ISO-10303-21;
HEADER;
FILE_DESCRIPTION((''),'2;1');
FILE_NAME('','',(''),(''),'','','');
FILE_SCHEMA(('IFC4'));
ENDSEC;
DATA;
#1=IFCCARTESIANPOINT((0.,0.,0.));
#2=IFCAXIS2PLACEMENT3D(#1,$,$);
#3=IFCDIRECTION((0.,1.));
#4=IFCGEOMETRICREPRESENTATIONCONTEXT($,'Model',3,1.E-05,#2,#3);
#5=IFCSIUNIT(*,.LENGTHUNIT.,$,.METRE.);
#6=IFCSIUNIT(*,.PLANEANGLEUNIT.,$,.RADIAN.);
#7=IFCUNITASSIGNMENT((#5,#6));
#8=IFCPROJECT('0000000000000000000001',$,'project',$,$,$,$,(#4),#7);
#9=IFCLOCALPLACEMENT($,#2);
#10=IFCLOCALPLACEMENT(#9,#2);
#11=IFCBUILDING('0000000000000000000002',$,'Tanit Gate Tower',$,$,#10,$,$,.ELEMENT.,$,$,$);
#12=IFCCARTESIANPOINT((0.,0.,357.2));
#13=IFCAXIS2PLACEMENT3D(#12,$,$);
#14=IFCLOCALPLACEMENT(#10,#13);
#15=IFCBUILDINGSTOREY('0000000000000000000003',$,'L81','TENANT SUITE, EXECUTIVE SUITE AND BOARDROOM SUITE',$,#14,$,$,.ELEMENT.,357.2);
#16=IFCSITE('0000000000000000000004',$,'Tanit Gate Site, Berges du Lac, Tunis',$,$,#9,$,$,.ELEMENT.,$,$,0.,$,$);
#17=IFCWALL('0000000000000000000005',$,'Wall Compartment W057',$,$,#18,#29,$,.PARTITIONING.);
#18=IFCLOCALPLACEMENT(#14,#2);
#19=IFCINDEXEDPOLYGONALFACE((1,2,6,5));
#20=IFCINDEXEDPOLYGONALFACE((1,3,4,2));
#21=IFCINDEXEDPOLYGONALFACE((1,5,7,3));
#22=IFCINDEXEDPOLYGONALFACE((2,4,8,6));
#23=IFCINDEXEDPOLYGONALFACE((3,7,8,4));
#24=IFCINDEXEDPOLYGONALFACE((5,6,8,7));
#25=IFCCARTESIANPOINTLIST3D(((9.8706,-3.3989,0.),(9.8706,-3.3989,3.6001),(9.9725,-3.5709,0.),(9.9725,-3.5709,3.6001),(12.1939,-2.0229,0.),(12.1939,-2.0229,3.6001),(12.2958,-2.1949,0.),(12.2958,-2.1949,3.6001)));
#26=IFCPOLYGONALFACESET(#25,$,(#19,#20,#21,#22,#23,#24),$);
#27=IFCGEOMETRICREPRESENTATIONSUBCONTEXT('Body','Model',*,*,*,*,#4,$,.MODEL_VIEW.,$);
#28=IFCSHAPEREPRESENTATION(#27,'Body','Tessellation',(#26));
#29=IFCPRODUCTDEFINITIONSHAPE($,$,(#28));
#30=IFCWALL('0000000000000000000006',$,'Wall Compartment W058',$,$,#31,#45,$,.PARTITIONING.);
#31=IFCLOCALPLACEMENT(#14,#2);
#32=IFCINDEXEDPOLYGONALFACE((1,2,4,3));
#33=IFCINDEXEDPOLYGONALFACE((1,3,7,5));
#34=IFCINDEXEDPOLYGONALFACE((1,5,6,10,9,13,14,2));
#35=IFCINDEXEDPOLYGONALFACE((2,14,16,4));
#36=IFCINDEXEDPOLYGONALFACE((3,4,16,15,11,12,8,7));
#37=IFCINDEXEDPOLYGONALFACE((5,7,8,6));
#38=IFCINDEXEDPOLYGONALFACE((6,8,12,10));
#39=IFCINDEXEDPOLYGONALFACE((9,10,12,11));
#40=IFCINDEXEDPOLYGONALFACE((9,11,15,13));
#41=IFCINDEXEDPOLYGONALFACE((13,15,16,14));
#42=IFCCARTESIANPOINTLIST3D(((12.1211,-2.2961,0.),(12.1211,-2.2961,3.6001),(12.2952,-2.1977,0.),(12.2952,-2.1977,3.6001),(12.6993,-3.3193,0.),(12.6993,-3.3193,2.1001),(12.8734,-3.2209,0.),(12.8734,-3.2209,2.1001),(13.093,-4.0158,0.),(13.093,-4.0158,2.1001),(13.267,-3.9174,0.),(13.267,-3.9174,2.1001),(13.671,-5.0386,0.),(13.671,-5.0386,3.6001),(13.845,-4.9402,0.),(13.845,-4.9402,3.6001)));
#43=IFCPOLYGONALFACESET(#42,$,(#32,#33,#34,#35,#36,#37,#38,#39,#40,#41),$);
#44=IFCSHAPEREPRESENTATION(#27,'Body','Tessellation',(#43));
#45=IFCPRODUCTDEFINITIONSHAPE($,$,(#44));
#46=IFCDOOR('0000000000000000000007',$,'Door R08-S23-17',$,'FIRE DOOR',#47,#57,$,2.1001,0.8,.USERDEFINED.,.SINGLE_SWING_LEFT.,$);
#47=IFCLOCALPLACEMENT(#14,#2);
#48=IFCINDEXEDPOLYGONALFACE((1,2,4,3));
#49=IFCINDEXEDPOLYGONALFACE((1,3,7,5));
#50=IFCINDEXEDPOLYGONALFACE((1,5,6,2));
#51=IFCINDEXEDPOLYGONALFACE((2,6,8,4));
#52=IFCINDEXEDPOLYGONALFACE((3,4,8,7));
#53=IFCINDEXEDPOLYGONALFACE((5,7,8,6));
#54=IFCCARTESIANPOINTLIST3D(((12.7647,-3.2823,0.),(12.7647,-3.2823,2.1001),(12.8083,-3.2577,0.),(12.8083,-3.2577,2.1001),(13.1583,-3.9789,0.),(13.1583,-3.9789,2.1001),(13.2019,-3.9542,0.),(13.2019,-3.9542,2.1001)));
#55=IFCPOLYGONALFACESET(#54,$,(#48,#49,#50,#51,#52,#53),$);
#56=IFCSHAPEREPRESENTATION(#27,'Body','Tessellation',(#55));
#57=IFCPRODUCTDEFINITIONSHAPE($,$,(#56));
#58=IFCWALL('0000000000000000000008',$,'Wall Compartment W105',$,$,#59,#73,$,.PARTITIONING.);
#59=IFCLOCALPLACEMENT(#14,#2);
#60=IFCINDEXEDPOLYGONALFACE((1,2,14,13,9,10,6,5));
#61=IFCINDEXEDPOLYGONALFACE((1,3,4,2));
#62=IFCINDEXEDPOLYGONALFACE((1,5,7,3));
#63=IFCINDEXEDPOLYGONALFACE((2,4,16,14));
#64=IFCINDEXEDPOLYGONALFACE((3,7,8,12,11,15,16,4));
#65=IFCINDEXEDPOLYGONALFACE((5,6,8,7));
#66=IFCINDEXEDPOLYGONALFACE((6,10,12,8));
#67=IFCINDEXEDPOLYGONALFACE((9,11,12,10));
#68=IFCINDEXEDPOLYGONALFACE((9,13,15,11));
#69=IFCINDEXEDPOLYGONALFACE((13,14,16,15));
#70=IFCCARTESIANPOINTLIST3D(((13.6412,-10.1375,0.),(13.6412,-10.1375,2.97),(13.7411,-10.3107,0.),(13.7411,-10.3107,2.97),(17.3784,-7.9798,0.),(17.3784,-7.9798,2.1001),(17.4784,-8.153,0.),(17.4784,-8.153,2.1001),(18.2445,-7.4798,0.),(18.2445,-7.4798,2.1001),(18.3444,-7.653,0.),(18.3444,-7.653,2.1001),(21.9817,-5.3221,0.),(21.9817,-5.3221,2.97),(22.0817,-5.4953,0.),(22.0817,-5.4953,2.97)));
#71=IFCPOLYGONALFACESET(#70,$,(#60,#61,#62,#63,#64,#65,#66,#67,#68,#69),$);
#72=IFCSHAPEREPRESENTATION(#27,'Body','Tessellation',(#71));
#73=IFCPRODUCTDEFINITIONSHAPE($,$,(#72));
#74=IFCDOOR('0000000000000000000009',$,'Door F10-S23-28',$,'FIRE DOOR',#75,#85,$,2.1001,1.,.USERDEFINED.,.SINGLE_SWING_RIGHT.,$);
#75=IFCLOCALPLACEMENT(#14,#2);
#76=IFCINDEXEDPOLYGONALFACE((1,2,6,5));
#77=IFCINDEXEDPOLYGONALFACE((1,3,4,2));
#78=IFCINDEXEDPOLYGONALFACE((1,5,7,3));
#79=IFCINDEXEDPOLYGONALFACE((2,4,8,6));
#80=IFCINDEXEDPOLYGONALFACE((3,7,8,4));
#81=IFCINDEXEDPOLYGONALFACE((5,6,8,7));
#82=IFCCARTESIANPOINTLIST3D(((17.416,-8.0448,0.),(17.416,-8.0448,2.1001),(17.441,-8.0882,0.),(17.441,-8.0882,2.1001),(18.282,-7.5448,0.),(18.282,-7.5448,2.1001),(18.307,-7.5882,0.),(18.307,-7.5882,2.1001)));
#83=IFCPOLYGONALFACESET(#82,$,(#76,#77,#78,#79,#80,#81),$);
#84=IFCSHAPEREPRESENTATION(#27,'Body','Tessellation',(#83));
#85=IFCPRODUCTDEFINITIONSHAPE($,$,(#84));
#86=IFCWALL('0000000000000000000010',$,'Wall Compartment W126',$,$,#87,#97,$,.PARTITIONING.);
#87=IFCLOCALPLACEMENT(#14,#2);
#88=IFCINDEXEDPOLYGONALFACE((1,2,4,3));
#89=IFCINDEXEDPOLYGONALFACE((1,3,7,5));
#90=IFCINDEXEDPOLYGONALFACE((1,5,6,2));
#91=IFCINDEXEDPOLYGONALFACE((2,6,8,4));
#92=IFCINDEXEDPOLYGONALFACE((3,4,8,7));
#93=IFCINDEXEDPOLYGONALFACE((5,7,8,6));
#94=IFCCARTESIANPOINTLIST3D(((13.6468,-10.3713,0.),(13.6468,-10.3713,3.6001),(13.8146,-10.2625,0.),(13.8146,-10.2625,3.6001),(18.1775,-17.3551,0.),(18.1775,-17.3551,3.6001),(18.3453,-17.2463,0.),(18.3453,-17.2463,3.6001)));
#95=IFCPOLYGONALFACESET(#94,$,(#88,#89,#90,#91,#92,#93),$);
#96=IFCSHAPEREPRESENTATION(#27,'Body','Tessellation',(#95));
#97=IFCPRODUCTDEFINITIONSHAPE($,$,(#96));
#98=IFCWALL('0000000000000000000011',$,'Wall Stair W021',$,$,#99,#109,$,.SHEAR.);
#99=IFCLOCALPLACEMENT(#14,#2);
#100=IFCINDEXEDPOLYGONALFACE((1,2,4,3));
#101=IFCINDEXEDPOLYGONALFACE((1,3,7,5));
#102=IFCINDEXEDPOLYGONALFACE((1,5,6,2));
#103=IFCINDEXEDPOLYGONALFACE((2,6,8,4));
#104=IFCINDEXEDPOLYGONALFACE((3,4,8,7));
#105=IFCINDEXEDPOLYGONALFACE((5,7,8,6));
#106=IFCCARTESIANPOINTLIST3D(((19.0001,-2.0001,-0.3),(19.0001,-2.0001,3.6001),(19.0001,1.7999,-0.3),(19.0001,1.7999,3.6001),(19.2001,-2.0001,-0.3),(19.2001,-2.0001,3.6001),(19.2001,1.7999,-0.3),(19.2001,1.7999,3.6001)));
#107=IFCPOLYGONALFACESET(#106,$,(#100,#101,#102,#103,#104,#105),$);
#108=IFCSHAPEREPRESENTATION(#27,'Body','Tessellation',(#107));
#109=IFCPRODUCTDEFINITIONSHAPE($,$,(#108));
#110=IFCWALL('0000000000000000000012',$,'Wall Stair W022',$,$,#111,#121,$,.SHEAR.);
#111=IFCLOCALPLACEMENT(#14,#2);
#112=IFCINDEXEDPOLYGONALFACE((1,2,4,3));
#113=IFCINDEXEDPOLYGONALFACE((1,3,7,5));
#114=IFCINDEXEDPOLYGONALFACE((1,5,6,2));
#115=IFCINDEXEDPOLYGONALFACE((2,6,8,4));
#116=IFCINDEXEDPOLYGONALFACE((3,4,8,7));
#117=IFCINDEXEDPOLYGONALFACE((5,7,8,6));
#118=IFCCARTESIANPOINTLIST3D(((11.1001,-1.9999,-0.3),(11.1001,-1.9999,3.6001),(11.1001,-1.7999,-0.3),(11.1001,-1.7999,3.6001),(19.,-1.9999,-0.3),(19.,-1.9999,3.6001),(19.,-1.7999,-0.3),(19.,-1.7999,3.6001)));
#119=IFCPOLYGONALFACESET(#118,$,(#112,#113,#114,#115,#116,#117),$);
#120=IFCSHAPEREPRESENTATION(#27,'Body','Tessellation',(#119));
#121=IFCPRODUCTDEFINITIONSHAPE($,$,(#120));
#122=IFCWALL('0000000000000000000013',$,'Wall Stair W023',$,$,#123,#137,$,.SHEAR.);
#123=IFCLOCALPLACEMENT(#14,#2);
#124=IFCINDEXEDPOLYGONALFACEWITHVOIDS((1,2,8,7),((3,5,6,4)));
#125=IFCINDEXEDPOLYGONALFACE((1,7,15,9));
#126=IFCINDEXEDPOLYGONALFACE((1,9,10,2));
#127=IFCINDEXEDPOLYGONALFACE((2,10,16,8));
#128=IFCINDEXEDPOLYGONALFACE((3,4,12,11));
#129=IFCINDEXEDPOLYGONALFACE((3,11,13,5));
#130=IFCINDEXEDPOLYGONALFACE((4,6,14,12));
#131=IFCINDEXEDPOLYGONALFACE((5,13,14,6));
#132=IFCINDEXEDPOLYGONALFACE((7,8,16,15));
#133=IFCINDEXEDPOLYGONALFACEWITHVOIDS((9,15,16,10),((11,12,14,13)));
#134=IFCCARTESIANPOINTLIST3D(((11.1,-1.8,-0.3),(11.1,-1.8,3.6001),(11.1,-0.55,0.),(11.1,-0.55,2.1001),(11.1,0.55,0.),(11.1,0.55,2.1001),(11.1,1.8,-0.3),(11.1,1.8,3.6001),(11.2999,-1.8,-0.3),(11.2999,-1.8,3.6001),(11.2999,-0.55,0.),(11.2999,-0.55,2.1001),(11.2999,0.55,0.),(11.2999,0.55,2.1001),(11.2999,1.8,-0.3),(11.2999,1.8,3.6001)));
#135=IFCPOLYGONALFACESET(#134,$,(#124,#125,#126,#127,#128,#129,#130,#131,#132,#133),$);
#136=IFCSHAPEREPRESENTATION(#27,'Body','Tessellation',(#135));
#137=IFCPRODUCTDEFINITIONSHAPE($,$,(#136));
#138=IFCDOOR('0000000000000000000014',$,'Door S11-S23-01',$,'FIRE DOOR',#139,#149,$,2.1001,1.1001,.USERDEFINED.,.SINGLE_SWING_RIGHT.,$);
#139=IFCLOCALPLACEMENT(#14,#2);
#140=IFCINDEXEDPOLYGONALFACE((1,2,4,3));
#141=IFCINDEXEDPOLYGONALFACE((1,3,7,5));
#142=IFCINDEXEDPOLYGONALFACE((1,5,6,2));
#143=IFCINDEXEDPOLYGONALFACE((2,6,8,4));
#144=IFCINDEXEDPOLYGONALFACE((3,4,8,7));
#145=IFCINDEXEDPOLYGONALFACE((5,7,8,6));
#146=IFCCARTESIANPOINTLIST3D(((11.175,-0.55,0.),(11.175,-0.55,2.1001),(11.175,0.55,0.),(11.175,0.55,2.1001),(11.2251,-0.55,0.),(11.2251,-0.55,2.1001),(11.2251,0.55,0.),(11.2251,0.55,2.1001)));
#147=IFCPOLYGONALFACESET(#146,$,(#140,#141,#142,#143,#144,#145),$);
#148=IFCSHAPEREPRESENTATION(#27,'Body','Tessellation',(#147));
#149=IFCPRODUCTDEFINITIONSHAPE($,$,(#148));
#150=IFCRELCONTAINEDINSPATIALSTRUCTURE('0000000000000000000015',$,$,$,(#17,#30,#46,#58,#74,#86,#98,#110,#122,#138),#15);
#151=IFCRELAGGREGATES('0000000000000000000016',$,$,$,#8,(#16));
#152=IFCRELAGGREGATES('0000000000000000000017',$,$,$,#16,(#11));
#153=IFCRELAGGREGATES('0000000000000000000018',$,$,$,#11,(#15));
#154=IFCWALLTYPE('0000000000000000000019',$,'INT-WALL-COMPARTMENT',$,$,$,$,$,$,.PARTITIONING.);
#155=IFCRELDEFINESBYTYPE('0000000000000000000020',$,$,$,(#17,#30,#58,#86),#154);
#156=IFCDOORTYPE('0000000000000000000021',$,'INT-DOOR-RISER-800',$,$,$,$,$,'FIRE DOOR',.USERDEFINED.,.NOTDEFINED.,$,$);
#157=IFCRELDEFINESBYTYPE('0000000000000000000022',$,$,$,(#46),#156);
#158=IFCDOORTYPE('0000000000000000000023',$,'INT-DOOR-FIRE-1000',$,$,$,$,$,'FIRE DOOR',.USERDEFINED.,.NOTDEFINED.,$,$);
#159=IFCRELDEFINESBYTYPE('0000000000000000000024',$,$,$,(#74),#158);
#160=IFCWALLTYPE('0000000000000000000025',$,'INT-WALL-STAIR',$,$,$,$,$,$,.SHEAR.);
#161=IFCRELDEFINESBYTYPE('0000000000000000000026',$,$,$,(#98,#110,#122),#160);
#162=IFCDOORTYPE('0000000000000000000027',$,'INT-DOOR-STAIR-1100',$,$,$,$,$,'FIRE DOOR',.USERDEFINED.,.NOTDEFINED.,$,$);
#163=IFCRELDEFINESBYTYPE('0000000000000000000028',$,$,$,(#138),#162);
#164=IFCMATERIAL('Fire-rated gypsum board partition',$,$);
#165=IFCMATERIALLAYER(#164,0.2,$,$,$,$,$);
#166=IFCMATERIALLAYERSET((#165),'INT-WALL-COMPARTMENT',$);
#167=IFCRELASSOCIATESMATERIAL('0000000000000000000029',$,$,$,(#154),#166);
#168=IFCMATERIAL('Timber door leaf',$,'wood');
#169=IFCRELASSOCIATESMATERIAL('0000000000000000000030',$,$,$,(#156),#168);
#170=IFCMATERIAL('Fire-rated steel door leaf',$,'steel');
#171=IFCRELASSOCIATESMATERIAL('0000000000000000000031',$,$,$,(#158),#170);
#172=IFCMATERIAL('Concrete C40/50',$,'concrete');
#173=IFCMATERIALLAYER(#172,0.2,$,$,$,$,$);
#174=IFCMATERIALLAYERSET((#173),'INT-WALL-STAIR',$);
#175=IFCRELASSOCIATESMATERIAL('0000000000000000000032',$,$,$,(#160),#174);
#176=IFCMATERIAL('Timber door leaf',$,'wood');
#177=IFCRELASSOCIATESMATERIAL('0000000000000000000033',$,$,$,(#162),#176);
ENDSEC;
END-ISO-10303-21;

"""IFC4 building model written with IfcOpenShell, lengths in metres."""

from ifc_helpers import new_model, si_unit, direction, frame, frame_2d, origin, place, context, subcontext, project, spatial, rectangle, extrude, material, layer, layer_set, type_object, element, fill, save


model = new_model("IFC4")

# Units and contexts
model_context = context("Model", 3, precision=1e-05, world=origin(), true_north=direction((0.0, 1.0)))
body_context = subcontext(model_context, "Body", "Model", "MODEL_VIEW")
ifc_project = project(units=[si_unit("LENGTHUNIT", "METRE"), si_unit("PLANEANGLEUNIT", "RADIAN")], contexts=[model_context])

# Site, building, storey
site_placement = place(None, origin())
site = spatial("IfcSite", under=ifc_project, at=site_placement, Name="Tanit Gate Site, Berges du Lac, Tunis", CompositionType="ELEMENT", RefElevation=0.0)
building_placement = place(site_placement, origin())
building = spatial("IfcBuilding", under=site, at=building_placement, Name="Tanit Gate Tower", CompositionType="ELEMENT")
storey_placement = place(building_placement, frame((0.0, 0.0, 357.2)))
storey = spatial("IfcBuildingStorey", under=building, at=storey_placement, Name="L81", Description="TENANT SUITE, EXECUTIVE SUITE AND BOARDROOM SUITE", CompositionType="ELEMENT", Elevation=357.2)

# Wall
ifc_material_1 = material(Name="Fire-rated gypsum board partition")
ifc_layer_1 = layer(ifc_material_1, 0.2)
ifc_layer_set_1 = layer_set([ifc_layer_1], Name="INT-WALL-COMPARTMENT")
wall_type_1 = type_object("IfcWallType", Name="INT-WALL-COMPARTMENT", PredefinedType="PARTITIONING", material=ifc_layer_set_1)
wall_1_placement = place(storey_placement, frame((12.2449, -2.1089, 0.0), z_axis=(0.0, 0.0, 1.0), x_axis=(-0.860415, -0.509594, 0.0)))
element("IfcWall", 1, at=wall_1_placement, inside=storey, type_object=wall_type_1, Name="Wall Compartment W057", PredefinedType="PARTITIONING", context=body_context, shape_type="SweptSolid", body=[
    extrude(rectangle(XDim=2.7002, YDim=0.2, at=frame_2d((1.3501, 0.0))), origin(), (0.0, 0.0, 1.0), 3.6001),
])

# Walls, openings, doors
wall_2_placement = place(storey_placement, frame((13.7581, -4.9895, 0.0), z_axis=(0.0, 0.0, 1.0), x_axis=(-0.491993, 0.870599, 0.0)))
wall_2 = element("IfcWall", 2, at=wall_2_placement, inside=storey, type_object=wall_type_1, Name="Wall Compartment W058", PredefinedType="PARTITIONING", context=body_context, shape_type="SweptSolid", body=[
    extrude(rectangle(XDim=3.1501, YDim=0.2, at=frame_2d((1.5752, 0.0))), origin(), (0.0, 0.0, 1.0), 3.6001),
])
opening_1_placement = place(wall_2_placement, frame((1.175, 0.0, 0.0)))
opening_1 = element("IfcOpeningElement", 3, at=opening_1_placement, cuts=wall_2, PredefinedType="OPENING", context=body_context, shape_type="SweptSolid", body=[
    extrude(rectangle(XDim=0.8, YDim=2.1001, at=frame_2d((0.3999, 1.05))), frame((0.0, 0.1099, 0.0), z_axis=(0.0, -1.0, 0.0), x_axis=(1.0, 0.0, 0.0)), (0.0, 0.0, 1.0), 0.22),
])
ifc_material_2 = material(Name="Timber door leaf", Category="wood")
door_type_1 = type_object("IfcDoorType", Name="INT-DOOR-RISER-800", ElementType="FIRE DOOR", OperationType="NOTDEFINED", PredefinedType="USERDEFINED", material=ifc_material_2)
door_1_placement = place(opening_1_placement, origin())
door_1 = element("IfcDoor", 4, at=door_1_placement, inside=storey, type_object=door_type_1, Name="Door R08-S23-17", ObjectType="FIRE DOOR", OperationType="SINGLE_SWING_LEFT", OverallHeight=2.1001, OverallWidth=0.8, PredefinedType="USERDEFINED", context=body_context, shape_type="SweptSolid", body=[
    extrude(rectangle(XDim=0.8, YDim=2.1001, at=frame_2d((0.3999, 1.05))), frame((0.0, 0.0249, 0.0), z_axis=(0.0, -1.0, 0.0), x_axis=(1.0, 0.0, 0.0)), (0.0, 0.0, 1.0), 0.05),
])
fill(opening_1, door_1)
wall_3_placement = place(storey_placement, frame((13.6912, -10.2241, 0.0), z_axis=(0.0, 0.0, 1.0), x_axis=(0.866026, 0.5, 0.0)))
wall_3 = element("IfcWall", 5, at=wall_3_placement, inside=storey, type_object=wall_type_1, Name="Wall Compartment W105", PredefinedType="PARTITIONING", context=body_context, shape_type="SweptSolid", body=[
    extrude(rectangle(XDim=9.6309, YDim=0.2, at=frame_2d((4.8154, 0.0))), origin(), (0.0, 0.0, 1.0), 2.97),
])
opening_2_placement = place(wall_3_placement, frame((4.3154, 0.0, 0.0)))
opening_2 = element("IfcOpeningElement", 6, at=opening_2_placement, cuts=wall_3, PredefinedType="OPENING", context=body_context, shape_type="SweptSolid", body=[
    extrude(rectangle(XDim=1.0, YDim=2.1001, at=frame_2d((0.5, 1.05))), frame((0.0, 0.1099, 0.0), z_axis=(0.0, -1.0, 0.0), x_axis=(1.0, 0.0, 0.0)), (0.0, 0.0, 1.0), 0.22),
])
ifc_material_3 = material(Name="Fire-rated steel door leaf", Category="steel")
door_type_2 = type_object("IfcDoorType", Name="INT-DOOR-FIRE-1000", ElementType="FIRE DOOR", OperationType="NOTDEFINED", PredefinedType="USERDEFINED", material=ifc_material_3)
door_2_placement = place(opening_2_placement, origin())
door_2 = element("IfcDoor", 7, at=door_2_placement, inside=storey, type_object=door_type_2, Name="Door F10-S23-28", ObjectType="FIRE DOOR", OperationType="SINGLE_SWING_RIGHT", OverallHeight=2.1001, OverallWidth=1.0, PredefinedType="USERDEFINED", context=body_context, shape_type="SweptSolid", body=[
    extrude(rectangle(XDim=1.0, YDim=2.1001, at=frame_2d((0.5, 1.05))), frame((0.0, 0.0249, 0.0), z_axis=(0.0, -1.0, 0.0), x_axis=(1.0, 0.0, 0.0)), (0.0, 0.0, 1.0), 0.05),
])
fill(opening_2, door_2)

# Walls
wall_4_placement = place(storey_placement, frame((13.7307, -10.3169, 0.0), z_axis=(0.0, 0.0, 1.0), x_axis=(0.544248, -0.838924, 0.0)))
element("IfcWall", 8, at=wall_4_placement, inside=storey, type_object=wall_type_1, Name="Wall Compartment W126", PredefinedType="PARTITIONING", context=body_context, shape_type="SweptSolid", body=[
    extrude(rectangle(XDim=8.3247, YDim=0.2, at=frame_2d((4.1624, 0.0))), origin(), (0.0, 0.0, 1.0), 3.6001),
])
ifc_material_4 = material(Name="Concrete C40/50", Category="concrete")
ifc_layer_2 = layer(ifc_material_4, 0.2)
ifc_layer_set_2 = layer_set([ifc_layer_2], Name="INT-WALL-STAIR")
wall_type_2 = type_object("IfcWallType", Name="INT-WALL-STAIR", PredefinedType="SHEAR", material=ifc_layer_set_2)
wall_5_placement = place(storey_placement, frame((19.1001, -2.0, -0.3), z_axis=(0.0, 0.0, 1.0), x_axis=(0.0, 1.0, 0.0)))
element("IfcWall", 9, at=wall_5_placement, inside=storey, type_object=wall_type_2, Name="Wall Stair W021", PredefinedType="SHEAR", context=body_context, shape_type="SweptSolid", body=[
    extrude(rectangle(XDim=3.8, YDim=0.2, at=frame_2d((1.8999, 0.0))), origin(), (0.0, 0.0, 1.0), 3.9001),
])
wall_6_placement = place(storey_placement, frame((11.1001, -1.8999, -0.3), z_axis=(0.0, 0.0, 1.0), x_axis=(1.0, 0.0, 0.0)))
element("IfcWall", 10, at=wall_6_placement, inside=storey, type_object=wall_type_2, Name="Wall Stair W022", PredefinedType="SHEAR", context=body_context, shape_type="SweptSolid", body=[
    extrude(rectangle(XDim=7.8999, YDim=0.2, at=frame_2d((3.95, 0.0))), origin(), (0.0, 0.0, 1.0), 3.9001),
])

# Wall, opening, door
wall_7_placement = place(storey_placement, frame((11.2, -1.8, -0.3), z_axis=(0.0, 0.0, 1.0), x_axis=(0.0, 1.0, 0.0)))
wall_7 = element("IfcWall", 11, at=wall_7_placement, inside=storey, type_object=wall_type_2, Name="Wall Stair W023", PredefinedType="SHEAR", context=body_context, shape_type="SweptSolid", body=[
    extrude(rectangle(XDim=3.6001, YDim=0.2, at=frame_2d((1.8, 0.0))), origin(), (0.0, 0.0, 1.0), 3.9001),
])
opening_3_placement = place(wall_7_placement, frame((1.25, 0.0, 0.3)))
opening_3 = element("IfcOpeningElement", 12, at=opening_3_placement, cuts=wall_7, PredefinedType="OPENING", context=body_context, shape_type="SweptSolid", body=[
    extrude(rectangle(XDim=1.1001, YDim=2.1001, at=frame_2d((0.55, 1.05))), frame((0.0, 0.1099, 0.0), z_axis=(0.0, -1.0, 0.0), x_axis=(1.0, 0.0, 0.0)), (0.0, 0.0, 1.0), 0.22),
])
ifc_material_5 = material(Name="Timber door leaf", Category="wood")
door_type_3 = type_object("IfcDoorType", Name="INT-DOOR-STAIR-1100", ElementType="FIRE DOOR", OperationType="NOTDEFINED", PredefinedType="USERDEFINED", material=ifc_material_5)
door_3_placement = place(opening_3_placement, origin())
door_3 = element("IfcDoor", 13, at=door_3_placement, inside=storey, type_object=door_type_3, Name="Door S11-S23-01", ObjectType="FIRE DOOR", OperationType="SINGLE_SWING_RIGHT", OverallHeight=2.1001, OverallWidth=1.1001, PredefinedType="USERDEFINED", context=body_context, shape_type="SweptSolid", body=[
    extrude(rectangle(XDim=1.1001, YDim=2.1001, at=frame_2d((0.55, 1.05))), frame((0.0, 0.0249, 0.0), z_axis=(0.0, -1.0, 0.0), x_axis=(1.0, 0.0, 0.0)), (0.0, 0.0, 1.0), 0.05),
])
fill(opening_3, door_3)

save(model, "model.ifc")
